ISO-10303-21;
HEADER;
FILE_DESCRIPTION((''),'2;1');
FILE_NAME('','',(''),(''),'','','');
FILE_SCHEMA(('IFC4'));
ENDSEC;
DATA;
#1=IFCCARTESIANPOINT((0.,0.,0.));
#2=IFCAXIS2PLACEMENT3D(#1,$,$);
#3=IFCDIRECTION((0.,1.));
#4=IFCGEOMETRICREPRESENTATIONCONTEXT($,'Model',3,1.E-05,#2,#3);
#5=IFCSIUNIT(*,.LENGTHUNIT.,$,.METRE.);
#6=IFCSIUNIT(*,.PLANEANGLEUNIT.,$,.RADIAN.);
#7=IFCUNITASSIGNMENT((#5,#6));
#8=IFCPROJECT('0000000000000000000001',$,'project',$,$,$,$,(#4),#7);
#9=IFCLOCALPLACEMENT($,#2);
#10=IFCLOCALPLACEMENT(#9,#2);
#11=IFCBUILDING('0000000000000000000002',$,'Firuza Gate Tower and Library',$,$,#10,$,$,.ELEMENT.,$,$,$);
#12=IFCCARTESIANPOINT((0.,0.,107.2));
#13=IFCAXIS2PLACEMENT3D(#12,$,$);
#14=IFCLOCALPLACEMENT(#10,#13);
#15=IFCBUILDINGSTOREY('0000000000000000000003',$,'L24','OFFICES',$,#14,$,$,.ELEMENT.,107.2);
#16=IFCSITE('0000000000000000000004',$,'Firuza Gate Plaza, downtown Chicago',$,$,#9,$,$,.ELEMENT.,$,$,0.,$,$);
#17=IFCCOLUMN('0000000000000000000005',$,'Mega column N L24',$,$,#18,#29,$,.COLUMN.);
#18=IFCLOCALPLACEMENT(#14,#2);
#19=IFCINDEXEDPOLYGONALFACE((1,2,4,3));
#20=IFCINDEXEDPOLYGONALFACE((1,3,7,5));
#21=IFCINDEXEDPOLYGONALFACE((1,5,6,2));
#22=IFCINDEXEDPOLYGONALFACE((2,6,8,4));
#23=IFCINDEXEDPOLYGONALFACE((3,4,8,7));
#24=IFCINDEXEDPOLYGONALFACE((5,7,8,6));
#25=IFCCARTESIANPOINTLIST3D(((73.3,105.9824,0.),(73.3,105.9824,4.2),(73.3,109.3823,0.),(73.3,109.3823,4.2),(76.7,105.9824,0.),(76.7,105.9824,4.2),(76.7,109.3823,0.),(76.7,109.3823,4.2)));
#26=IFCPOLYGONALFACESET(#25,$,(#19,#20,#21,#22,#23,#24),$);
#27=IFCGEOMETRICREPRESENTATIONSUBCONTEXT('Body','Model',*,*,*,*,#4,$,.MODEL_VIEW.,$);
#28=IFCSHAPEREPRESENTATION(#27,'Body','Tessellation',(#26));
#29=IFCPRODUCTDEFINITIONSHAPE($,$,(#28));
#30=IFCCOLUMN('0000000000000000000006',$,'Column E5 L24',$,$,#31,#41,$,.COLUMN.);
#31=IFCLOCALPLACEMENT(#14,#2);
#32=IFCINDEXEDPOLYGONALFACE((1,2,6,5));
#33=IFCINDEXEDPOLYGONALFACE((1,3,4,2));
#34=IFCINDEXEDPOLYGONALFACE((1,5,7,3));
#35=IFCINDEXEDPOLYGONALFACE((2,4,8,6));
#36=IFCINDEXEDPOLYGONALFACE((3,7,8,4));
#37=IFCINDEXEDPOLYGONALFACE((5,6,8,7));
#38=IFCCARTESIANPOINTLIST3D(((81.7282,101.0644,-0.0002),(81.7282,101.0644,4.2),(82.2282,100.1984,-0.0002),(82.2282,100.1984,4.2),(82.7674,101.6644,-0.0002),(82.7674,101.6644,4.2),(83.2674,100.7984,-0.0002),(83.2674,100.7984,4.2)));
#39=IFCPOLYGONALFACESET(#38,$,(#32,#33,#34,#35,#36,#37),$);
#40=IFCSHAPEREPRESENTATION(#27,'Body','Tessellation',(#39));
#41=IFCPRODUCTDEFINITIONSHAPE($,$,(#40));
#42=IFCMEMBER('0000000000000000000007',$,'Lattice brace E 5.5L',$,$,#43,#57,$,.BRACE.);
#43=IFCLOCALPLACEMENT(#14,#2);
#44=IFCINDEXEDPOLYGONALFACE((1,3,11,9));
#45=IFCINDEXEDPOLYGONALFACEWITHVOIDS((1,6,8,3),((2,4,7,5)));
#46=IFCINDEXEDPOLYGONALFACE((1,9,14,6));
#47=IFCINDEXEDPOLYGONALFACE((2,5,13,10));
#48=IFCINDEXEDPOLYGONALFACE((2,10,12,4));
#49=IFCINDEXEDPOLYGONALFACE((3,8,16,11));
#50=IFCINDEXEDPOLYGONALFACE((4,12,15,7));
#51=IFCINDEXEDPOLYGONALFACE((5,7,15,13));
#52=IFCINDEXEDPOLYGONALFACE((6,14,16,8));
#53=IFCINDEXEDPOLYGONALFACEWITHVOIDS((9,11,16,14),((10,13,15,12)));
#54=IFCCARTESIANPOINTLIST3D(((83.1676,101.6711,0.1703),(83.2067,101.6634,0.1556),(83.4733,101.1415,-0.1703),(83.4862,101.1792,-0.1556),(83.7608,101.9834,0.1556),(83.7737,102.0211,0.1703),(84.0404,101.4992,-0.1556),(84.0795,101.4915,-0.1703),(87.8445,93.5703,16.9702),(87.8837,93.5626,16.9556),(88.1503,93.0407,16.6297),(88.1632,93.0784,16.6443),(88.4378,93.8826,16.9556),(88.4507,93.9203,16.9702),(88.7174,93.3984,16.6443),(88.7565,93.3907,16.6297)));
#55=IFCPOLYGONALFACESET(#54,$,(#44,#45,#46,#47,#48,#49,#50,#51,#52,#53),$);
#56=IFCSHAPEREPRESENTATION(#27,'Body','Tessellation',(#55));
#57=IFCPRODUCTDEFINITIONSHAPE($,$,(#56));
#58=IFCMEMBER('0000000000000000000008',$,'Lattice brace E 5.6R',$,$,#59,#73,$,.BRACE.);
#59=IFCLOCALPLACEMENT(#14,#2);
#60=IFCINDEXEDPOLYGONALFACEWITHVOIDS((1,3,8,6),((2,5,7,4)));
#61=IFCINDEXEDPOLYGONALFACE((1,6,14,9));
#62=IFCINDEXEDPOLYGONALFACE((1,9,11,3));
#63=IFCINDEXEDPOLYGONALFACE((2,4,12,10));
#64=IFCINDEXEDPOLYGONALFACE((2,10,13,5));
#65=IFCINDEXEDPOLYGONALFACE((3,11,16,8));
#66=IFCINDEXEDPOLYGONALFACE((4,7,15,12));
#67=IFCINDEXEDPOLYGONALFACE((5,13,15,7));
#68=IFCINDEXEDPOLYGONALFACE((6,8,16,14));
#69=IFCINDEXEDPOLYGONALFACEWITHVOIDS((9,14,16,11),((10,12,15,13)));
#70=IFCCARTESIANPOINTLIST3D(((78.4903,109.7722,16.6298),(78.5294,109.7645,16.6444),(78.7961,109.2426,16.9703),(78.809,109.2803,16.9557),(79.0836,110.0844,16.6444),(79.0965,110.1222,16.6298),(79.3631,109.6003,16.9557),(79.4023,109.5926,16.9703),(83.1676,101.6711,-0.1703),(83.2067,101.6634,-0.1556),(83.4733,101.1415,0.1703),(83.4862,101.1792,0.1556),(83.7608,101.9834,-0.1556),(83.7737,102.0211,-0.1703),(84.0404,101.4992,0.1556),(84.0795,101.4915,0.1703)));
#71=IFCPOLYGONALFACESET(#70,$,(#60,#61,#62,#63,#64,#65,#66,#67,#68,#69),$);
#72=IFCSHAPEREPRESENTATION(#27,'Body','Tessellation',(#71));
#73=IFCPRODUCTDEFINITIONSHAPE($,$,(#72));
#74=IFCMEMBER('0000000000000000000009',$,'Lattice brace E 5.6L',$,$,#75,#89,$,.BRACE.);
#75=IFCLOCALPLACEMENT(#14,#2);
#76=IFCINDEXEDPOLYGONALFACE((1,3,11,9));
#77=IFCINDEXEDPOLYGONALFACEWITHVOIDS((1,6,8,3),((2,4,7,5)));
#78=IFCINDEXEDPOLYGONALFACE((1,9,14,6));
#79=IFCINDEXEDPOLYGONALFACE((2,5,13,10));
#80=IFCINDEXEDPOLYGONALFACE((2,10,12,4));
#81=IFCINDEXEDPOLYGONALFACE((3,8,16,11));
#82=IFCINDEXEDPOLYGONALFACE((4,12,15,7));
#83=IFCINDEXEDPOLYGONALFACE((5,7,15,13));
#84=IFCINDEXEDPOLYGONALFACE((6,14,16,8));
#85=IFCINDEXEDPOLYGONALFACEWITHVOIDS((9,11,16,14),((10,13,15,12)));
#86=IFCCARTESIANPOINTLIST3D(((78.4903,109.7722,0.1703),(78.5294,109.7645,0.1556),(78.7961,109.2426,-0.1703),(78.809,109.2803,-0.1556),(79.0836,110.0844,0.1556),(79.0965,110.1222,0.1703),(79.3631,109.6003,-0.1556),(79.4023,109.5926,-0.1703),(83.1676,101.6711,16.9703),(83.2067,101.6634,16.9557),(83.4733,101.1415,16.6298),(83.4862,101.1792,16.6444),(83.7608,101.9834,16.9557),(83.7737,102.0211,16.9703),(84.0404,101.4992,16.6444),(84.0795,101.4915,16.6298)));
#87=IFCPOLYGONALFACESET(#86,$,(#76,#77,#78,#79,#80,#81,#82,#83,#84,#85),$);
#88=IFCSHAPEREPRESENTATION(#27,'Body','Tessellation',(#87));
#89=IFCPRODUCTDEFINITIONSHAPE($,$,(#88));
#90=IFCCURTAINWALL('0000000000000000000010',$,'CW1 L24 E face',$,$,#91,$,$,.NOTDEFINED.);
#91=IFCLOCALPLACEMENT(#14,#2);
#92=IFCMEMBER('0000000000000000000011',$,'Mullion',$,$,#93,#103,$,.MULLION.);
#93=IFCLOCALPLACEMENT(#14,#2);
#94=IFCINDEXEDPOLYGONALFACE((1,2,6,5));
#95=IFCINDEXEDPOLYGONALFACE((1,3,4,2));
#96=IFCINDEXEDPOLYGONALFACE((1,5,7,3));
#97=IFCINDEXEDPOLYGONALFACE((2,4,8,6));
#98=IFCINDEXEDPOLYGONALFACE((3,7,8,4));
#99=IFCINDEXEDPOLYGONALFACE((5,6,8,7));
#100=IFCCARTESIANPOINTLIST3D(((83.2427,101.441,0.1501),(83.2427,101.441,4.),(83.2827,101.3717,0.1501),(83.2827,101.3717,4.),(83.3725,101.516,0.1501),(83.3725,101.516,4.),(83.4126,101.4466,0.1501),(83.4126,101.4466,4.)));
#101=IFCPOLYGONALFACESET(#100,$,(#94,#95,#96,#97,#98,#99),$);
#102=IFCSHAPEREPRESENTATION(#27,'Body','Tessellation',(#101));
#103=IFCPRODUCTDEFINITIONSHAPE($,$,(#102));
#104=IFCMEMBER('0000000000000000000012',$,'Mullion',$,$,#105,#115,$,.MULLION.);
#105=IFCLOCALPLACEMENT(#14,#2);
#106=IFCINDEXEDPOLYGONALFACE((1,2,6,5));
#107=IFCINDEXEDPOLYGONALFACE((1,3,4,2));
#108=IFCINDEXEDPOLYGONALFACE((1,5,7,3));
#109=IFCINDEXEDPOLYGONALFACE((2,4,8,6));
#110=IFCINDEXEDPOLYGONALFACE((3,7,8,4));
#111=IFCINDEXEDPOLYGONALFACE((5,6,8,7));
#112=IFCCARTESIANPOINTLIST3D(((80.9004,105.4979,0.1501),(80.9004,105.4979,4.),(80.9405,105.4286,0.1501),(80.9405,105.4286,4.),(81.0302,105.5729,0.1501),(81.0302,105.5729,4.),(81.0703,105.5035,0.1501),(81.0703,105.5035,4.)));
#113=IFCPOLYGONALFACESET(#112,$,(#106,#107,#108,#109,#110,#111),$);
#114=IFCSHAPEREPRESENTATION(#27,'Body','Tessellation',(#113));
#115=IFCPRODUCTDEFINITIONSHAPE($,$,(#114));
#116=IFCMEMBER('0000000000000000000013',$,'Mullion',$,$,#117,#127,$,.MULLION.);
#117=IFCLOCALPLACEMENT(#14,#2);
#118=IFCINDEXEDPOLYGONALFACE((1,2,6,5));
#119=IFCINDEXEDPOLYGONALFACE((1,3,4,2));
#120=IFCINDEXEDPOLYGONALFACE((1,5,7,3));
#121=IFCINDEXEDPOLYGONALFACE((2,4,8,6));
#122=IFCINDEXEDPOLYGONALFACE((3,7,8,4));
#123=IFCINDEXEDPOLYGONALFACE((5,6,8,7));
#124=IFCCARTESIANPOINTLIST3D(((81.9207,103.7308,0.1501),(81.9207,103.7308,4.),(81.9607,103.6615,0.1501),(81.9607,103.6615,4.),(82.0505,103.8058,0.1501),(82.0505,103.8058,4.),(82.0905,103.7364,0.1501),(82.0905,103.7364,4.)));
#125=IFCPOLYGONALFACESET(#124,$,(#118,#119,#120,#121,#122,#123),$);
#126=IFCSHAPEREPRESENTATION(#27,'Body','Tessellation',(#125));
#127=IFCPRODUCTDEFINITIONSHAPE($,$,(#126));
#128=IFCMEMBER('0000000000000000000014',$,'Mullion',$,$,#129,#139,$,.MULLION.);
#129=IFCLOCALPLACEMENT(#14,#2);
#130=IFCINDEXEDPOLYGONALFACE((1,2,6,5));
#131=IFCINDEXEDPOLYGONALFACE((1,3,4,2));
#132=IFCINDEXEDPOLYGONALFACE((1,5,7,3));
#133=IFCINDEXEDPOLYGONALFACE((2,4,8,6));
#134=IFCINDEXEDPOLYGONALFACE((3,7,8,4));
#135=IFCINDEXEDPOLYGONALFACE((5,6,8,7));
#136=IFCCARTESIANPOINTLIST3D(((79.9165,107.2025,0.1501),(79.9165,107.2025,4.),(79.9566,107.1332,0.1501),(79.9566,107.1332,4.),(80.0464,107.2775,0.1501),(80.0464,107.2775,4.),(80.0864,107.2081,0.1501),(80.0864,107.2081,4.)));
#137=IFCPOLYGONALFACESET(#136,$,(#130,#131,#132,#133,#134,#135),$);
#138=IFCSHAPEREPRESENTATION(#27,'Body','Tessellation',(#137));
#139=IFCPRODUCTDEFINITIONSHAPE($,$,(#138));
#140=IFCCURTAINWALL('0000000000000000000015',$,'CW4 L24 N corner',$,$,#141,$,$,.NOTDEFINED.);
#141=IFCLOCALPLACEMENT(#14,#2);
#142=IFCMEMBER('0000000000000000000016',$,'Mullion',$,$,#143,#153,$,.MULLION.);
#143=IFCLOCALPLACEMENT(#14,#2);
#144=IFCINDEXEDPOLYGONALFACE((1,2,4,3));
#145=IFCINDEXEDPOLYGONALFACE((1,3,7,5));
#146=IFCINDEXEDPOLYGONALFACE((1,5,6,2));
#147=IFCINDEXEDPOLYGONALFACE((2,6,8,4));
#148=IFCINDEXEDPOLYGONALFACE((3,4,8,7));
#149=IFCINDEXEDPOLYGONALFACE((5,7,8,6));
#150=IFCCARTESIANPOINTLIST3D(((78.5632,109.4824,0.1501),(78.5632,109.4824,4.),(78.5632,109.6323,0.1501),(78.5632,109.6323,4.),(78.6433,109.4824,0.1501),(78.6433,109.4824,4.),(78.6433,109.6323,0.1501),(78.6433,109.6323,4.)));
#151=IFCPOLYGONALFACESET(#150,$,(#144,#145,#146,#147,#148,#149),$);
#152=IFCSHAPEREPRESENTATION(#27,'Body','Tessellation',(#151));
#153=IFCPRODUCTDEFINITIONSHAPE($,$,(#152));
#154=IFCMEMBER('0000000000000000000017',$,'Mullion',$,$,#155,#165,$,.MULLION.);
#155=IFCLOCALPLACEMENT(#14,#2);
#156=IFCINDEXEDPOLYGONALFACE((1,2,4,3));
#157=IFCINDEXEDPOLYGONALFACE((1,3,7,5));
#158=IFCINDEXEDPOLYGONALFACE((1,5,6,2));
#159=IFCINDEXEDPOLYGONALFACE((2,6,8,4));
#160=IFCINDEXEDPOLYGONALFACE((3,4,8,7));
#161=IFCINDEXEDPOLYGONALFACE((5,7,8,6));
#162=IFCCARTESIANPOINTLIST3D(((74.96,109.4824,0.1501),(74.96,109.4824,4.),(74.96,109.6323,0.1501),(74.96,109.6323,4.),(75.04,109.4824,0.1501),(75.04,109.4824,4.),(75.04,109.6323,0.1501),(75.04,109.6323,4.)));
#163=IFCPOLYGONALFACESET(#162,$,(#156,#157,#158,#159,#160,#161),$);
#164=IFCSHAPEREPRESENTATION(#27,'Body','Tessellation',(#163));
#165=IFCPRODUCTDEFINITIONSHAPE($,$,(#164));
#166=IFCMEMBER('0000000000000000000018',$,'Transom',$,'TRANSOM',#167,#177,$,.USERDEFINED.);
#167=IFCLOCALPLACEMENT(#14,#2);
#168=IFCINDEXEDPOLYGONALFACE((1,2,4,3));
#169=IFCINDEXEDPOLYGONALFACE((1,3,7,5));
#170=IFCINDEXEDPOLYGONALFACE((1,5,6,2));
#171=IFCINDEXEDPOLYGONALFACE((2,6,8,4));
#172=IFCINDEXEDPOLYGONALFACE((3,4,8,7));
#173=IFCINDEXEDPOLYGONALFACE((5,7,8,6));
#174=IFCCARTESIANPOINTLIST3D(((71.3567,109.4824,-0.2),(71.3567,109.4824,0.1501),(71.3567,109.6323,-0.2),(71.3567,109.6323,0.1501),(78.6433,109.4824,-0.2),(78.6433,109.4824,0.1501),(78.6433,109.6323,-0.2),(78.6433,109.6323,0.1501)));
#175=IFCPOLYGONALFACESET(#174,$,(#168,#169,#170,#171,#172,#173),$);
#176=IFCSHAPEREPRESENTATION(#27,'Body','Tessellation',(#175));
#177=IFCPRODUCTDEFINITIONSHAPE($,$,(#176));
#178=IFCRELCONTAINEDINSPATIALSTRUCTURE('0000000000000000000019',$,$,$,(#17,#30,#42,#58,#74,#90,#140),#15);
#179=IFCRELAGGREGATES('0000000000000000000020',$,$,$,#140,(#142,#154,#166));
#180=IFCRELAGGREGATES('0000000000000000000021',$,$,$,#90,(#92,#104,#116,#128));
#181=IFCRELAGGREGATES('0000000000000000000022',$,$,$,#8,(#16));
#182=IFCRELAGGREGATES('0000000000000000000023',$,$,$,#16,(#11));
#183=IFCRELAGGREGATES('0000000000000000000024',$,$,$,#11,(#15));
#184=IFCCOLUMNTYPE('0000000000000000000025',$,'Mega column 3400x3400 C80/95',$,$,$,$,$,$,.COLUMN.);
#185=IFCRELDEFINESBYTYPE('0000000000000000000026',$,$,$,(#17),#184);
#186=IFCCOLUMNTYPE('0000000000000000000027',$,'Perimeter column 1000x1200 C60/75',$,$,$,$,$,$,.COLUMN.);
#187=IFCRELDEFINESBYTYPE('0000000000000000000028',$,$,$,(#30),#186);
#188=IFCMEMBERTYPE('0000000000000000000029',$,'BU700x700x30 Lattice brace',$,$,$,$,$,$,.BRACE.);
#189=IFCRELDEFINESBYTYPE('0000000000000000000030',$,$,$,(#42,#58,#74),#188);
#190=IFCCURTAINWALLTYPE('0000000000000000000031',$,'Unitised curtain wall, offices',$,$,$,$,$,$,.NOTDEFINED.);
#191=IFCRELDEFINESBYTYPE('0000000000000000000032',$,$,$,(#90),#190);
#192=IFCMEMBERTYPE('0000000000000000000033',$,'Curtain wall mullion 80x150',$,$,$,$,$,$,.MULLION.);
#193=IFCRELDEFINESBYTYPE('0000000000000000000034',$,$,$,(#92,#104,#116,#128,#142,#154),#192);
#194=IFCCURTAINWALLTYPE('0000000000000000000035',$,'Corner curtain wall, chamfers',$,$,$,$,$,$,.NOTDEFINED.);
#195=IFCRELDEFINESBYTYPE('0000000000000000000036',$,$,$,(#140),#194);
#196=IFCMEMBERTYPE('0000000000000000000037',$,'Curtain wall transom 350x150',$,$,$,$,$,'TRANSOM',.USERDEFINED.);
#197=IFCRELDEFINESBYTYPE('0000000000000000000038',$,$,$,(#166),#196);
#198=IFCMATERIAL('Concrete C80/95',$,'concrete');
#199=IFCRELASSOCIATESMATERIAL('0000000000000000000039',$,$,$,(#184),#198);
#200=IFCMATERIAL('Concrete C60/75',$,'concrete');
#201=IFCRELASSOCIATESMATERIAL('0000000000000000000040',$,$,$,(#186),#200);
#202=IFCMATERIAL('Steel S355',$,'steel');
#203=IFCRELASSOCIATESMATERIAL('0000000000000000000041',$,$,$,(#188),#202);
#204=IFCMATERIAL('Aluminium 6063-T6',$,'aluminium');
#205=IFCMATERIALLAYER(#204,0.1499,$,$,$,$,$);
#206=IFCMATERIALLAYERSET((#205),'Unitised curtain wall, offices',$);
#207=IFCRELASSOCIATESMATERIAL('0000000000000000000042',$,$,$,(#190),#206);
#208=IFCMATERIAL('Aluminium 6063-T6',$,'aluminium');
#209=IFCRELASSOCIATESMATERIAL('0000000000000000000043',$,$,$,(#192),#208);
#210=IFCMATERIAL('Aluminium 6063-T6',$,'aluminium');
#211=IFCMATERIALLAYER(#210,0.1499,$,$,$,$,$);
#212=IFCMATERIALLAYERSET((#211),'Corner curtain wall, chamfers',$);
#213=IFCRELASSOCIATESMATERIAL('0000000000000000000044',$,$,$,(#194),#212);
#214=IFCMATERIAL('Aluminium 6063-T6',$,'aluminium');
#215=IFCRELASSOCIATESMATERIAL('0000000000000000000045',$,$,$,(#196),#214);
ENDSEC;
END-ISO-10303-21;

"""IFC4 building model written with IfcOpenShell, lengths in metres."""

from ifc_helpers import new_model, si_unit, direction, frame, origin, origin_2d, place, context, subcontext, project, spatial, rectangle, hollow_rectangle, extrude, material, layer, layer_set, material_profile, profile_set, type_object, element, aggregate, save


model = new_model("IFC4")

# Units and contexts
model_context = context("Model", 3, precision=1e-05, world=origin(), true_north=direction((0.0, 1.0)))
body_context = subcontext(model_context, "Body", "Model", "MODEL_VIEW")
ifc_project = project(units=[si_unit("LENGTHUNIT", "METRE"), si_unit("PLANEANGLEUNIT", "RADIAN")], contexts=[model_context])

# Site, building, storey
site_placement = place(None, origin())
site = spatial("IfcSite", under=ifc_project, at=site_placement, Name="Firuza Gate Plaza, downtown Chicago", CompositionType="ELEMENT", RefElevation=0.0)
building_placement = place(site_placement, origin())
building = spatial("IfcBuilding", under=site, at=building_placement, Name="Firuza Gate Tower and Library", CompositionType="ELEMENT")
storey_placement = place(building_placement, frame((0.0, 0.0, 107.2)))
storey = spatial("IfcBuildingStorey", under=building, at=storey_placement, Name="L24", Description="OFFICES", CompositionType="ELEMENT", Elevation=107.2)

# Columns
ifc_material_1 = material(Name="Concrete C80/95", Category="concrete")
ifc_material_profile_1 = material_profile(ifc_material_1, rectangle(XDim=3.3999, YDim=3.3999, at=origin_2d()))
ifc_profile_set_1 = profile_set([ifc_material_profile_1], Name="Concrete C80/95")
column_type_1 = type_object("IfcColumnType", Name="Mega column 3400x3400 C80/95", PredefinedType="COLUMN", material=ifc_profile_set_1)
column_1_placement = place(storey_placement, frame((75.0, 107.6824, 0.0), z_axis=(0.0, 0.0, 1.0), x_axis=(-1.0, 0.0, 0.0)))
element("IfcColumn", 1, at=column_1_placement, inside=storey, type_object=column_type_1, Name="Mega column N L24", PredefinedType="COLUMN", context=body_context, shape_type="SweptSolid", body=[
    extrude(rectangle(XDim=3.3999, YDim=3.3999, at=origin_2d()), origin(), (0.0, 0.0, 1.0), 4.2),
])
ifc_material_2 = material(Name="Concrete C60/75", Category="concrete")
ifc_material_profile_2 = material_profile(ifc_material_2, rectangle(XDim=1.0, YDim=1.2, at=origin_2d()))
ifc_profile_set_2 = profile_set([ifc_material_profile_2], Name="Concrete C60/75")
column_type_2 = type_object("IfcColumnType", Name="Perimeter column 1000x1200 C60/75", PredefinedType="COLUMN", material=ifc_profile_set_2)
column_2_placement = place(storey_placement, frame((82.4978, 100.9314, -0.0002), z_axis=(0.0, 0.0, 1.0), x_axis=(-0.5, 0.866025, 0.0)))
element("IfcColumn", 2, at=column_2_placement, inside=storey, type_object=column_type_2, Name="Column E5 L24", PredefinedType="COLUMN", context=body_context, shape_type="SweptSolid", body=[
    extrude(rectangle(XDim=1.0, YDim=1.2, at=origin_2d()), origin(), (0.0, 0.0, 1.0), 4.2002),
])

# Members
ifc_material_3 = material(Name="Steel S355", Category="steel")
ifc_material_profile_3 = material_profile(ifc_material_3, hollow_rectangle(XDim=0.7, YDim=0.7, WallThickness=0.03, at=origin_2d()))
ifc_profile_set_3 = profile_set([ifc_material_profile_3], Name="Steel S355")
member_type_1 = type_object("IfcMemberType", Name="BU700x700x30 Lattice brace", PredefinedType="BRACE", material=ifc_profile_set_3)
member_1_placement = place(storey_placement, frame((83.6235, 101.5813, 0.0), z_axis=(0.243231, -0.42129, 0.873701), x_axis=(0.866026, 0.499999, 0.0)))
element("IfcMember", 3, at=member_1_placement, inside=storey, type_object=member_type_1, Name="Lattice brace E 5.5L", PredefinedType="BRACE", context=body_context, shape_type="SweptSolid", body=[
    extrude(hollow_rectangle(XDim=0.7, YDim=0.7, WallThickness=0.03, at=origin_2d()), origin(), (0.0, 0.0, 1.0), 19.2285),
])
for number, where, z_axis, x_axis, name in (
    (4, (83.6235, 101.5813, 0.0), (-0.243242, 0.4213, 0.873693), (-0.866021, -0.500007, 0.0), "Lattice brace E 5.6R"),
    (5, (78.9463, 109.6824, 0.0), (0.243242, -0.4213, 0.873693), (0.866021, 0.500007, 0.0), "Lattice brace E 5.6L"),
):
    element("IfcMember", number, at=place(storey_placement, frame(where, z_axis=z_axis, x_axis=x_axis)), inside=storey, type_object=member_type_1, Name=name, PredefinedType="BRACE", context=body_context, shape_type="SweptSolid", body=[
        extrude(hollow_rectangle(XDim=0.7, YDim=0.7, WallThickness=0.03, at=origin_2d()), origin(), (0.0, 0.0, 1.0), 19.2288),
    ])

# Curtain walls, members
ifc_material_4 = material(Name="Aluminium 6063-T6", Category="aluminium")
ifc_layer_1 = layer(ifc_material_4, 0.1499)
ifc_layer_set_1 = layer_set([ifc_layer_1], Name="Unitised curtain wall, offices")
curtain_wall_type_1 = type_object("IfcCurtainWallType", Name="Unitised curtain wall, offices", PredefinedType="NOTDEFINED", material=ifc_layer_set_1)
placement = place(storey_placement, origin())
curtain_wall_1 = element("IfcCurtainWall", 6, at=placement, inside=storey, type_object=curtain_wall_type_1, Name="CW1 L24 E face", PredefinedType="NOTDEFINED")
ifc_material_5 = material(Name="Aluminium 6063-T6", Category="aluminium")
ifc_material_profile_4 = material_profile(ifc_material_5, rectangle(XDim=0.1499, YDim=0.0801, at=origin_2d()))
ifc_profile_set_4 = profile_set([ifc_material_profile_4], Name="Aluminium 6063-T6")
member_type_2 = type_object("IfcMemberType", Name="Curtain wall mullion 80x150", PredefinedType="MULLION", material=ifc_profile_set_4)
member_2_placement = place(storey_placement, frame((83.3276, 101.4438, 0.1501), z_axis=(0.0, 0.0, 1.0), x_axis=(-0.866025, -0.5, 0.0)))
member_2 = element("IfcMember", 7, at=member_2_placement, type_object=member_type_2, Name="Mullion", PredefinedType="MULLION", context=body_context, shape_type="SweptSolid", body=[
    extrude(rectangle(XDim=0.1499, YDim=0.0801, at=origin_2d()), origin(), (0.0, 0.0, 1.0), 3.8499),
])
member_3_placement = place(storey_placement, frame((80.9854, 105.5007, 0.1501), z_axis=(0.0, 0.0, 1.0), x_axis=(-0.866025, -0.5, 0.0)))
member_3 = element("IfcMember", 8, at=member_3_placement, type_object=member_type_2, Name="Mullion", PredefinedType="MULLION", context=body_context, shape_type="SweptSolid", body=[
    extrude(rectangle(XDim=0.1499, YDim=0.0801, at=origin_2d()), origin(), (0.0, 0.0, 1.0), 3.8499),
])
member_4_placement = place(storey_placement, frame((82.0056, 103.7336, 0.1501), z_axis=(0.0, 0.0, 1.0), x_axis=(-0.866025, -0.5, 0.0)))
member_4 = element("IfcMember", 9, at=member_4_placement, type_object=member_type_2, Name="Mullion", PredefinedType="MULLION", context=body_context, shape_type="SweptSolid", body=[
    extrude(rectangle(XDim=0.1499, YDim=0.0801, at=origin_2d()), origin(), (0.0, 0.0, 1.0), 3.8499),
])
member_5_placement = place(storey_placement, frame((80.0015, 107.2053, 0.1501), z_axis=(0.0, 0.0, 1.0), x_axis=(-0.866025, -0.5, 0.0)))
member_5 = element("IfcMember", 10, at=member_5_placement, type_object=member_type_2, Name="Mullion", PredefinedType="MULLION", context=body_context, shape_type="SweptSolid", body=[
    extrude(rectangle(XDim=0.1499, YDim=0.0801, at=origin_2d()), origin(), (0.0, 0.0, 1.0), 3.8499),
])
ifc_material_6 = material(Name="Aluminium 6063-T6", Category="aluminium")
ifc_layer_2 = layer(ifc_material_6, 0.1499)
ifc_layer_set_2 = layer_set([ifc_layer_2], Name="Corner curtain wall, chamfers")
curtain_wall_type_2 = type_object("IfcCurtainWallType", Name="Corner curtain wall, chamfers", PredefinedType="NOTDEFINED", material=ifc_layer_set_2)
curtain_wall_2 = element("IfcCurtainWall", 11, at=placement, inside=storey, type_object=curtain_wall_type_2, Name="CW4 L24 N corner", PredefinedType="NOTDEFINED")
member_6_placement = place(storey_placement, frame((78.6033, 109.5574, 0.1501), z_axis=(0.0, 0.0, 1.0), x_axis=(0.0, -1.0, 0.0)))
member_6 = element("IfcMember", 12, at=member_6_placement, type_object=member_type_2, Name="Mullion", PredefinedType="MULLION", context=body_context, shape_type="SweptSolid", body=[
    extrude(rectangle(XDim=0.1499, YDim=0.0801, at=origin_2d()), origin(), (0.0, 0.0, 1.0), 3.8499),
])
member_7_placement = place(storey_placement, frame((75.0, 109.5574, 0.1501), z_axis=(0.0, 0.0, 1.0), x_axis=(0.0, -1.0, 0.0)))
member_7 = element("IfcMember", 13, at=member_7_placement, type_object=member_type_2, Name="Mullion", PredefinedType="MULLION", context=body_context, shape_type="SweptSolid", body=[
    extrude(rectangle(XDim=0.1499, YDim=0.0801, at=origin_2d()), origin(), (0.0, 0.0, 1.0), 3.8499),
])
ifc_material_7 = material(Name="Aluminium 6063-T6", Category="aluminium")
ifc_material_profile_5 = material_profile(ifc_material_7, rectangle(XDim=0.1499, YDim=0.3501, at=origin_2d()))
ifc_profile_set_5 = profile_set([ifc_material_profile_5], Name="Aluminium 6063-T6")
member_type_3 = type_object("IfcMemberType", Name="Curtain wall transom 350x150", ElementType="TRANSOM", PredefinedType="USERDEFINED", material=ifc_profile_set_5)
member_8_placement = place(storey_placement, frame((78.6433, 109.5574, -0.0249), z_axis=(-1.0, 0.0, 0.0), x_axis=(0.0, -1.0, 0.0)))
member_8 = element("IfcMember", 14, at=member_8_placement, type_object=member_type_3, Name="Transom", ObjectType="TRANSOM", PredefinedType="USERDEFINED", context=body_context, shape_type="SweptSolid", body=[
    extrude(rectangle(XDim=0.1499, YDim=0.3501, at=origin_2d()), origin(), (0.0, 0.0, 1.0), 7.2866),
])

aggregate(curtain_wall_2, [member_6, member_7, member_8])
aggregate(curtain_wall_1, [member_2, member_3, member_4, member_5])

save(model, "model.ifc")
